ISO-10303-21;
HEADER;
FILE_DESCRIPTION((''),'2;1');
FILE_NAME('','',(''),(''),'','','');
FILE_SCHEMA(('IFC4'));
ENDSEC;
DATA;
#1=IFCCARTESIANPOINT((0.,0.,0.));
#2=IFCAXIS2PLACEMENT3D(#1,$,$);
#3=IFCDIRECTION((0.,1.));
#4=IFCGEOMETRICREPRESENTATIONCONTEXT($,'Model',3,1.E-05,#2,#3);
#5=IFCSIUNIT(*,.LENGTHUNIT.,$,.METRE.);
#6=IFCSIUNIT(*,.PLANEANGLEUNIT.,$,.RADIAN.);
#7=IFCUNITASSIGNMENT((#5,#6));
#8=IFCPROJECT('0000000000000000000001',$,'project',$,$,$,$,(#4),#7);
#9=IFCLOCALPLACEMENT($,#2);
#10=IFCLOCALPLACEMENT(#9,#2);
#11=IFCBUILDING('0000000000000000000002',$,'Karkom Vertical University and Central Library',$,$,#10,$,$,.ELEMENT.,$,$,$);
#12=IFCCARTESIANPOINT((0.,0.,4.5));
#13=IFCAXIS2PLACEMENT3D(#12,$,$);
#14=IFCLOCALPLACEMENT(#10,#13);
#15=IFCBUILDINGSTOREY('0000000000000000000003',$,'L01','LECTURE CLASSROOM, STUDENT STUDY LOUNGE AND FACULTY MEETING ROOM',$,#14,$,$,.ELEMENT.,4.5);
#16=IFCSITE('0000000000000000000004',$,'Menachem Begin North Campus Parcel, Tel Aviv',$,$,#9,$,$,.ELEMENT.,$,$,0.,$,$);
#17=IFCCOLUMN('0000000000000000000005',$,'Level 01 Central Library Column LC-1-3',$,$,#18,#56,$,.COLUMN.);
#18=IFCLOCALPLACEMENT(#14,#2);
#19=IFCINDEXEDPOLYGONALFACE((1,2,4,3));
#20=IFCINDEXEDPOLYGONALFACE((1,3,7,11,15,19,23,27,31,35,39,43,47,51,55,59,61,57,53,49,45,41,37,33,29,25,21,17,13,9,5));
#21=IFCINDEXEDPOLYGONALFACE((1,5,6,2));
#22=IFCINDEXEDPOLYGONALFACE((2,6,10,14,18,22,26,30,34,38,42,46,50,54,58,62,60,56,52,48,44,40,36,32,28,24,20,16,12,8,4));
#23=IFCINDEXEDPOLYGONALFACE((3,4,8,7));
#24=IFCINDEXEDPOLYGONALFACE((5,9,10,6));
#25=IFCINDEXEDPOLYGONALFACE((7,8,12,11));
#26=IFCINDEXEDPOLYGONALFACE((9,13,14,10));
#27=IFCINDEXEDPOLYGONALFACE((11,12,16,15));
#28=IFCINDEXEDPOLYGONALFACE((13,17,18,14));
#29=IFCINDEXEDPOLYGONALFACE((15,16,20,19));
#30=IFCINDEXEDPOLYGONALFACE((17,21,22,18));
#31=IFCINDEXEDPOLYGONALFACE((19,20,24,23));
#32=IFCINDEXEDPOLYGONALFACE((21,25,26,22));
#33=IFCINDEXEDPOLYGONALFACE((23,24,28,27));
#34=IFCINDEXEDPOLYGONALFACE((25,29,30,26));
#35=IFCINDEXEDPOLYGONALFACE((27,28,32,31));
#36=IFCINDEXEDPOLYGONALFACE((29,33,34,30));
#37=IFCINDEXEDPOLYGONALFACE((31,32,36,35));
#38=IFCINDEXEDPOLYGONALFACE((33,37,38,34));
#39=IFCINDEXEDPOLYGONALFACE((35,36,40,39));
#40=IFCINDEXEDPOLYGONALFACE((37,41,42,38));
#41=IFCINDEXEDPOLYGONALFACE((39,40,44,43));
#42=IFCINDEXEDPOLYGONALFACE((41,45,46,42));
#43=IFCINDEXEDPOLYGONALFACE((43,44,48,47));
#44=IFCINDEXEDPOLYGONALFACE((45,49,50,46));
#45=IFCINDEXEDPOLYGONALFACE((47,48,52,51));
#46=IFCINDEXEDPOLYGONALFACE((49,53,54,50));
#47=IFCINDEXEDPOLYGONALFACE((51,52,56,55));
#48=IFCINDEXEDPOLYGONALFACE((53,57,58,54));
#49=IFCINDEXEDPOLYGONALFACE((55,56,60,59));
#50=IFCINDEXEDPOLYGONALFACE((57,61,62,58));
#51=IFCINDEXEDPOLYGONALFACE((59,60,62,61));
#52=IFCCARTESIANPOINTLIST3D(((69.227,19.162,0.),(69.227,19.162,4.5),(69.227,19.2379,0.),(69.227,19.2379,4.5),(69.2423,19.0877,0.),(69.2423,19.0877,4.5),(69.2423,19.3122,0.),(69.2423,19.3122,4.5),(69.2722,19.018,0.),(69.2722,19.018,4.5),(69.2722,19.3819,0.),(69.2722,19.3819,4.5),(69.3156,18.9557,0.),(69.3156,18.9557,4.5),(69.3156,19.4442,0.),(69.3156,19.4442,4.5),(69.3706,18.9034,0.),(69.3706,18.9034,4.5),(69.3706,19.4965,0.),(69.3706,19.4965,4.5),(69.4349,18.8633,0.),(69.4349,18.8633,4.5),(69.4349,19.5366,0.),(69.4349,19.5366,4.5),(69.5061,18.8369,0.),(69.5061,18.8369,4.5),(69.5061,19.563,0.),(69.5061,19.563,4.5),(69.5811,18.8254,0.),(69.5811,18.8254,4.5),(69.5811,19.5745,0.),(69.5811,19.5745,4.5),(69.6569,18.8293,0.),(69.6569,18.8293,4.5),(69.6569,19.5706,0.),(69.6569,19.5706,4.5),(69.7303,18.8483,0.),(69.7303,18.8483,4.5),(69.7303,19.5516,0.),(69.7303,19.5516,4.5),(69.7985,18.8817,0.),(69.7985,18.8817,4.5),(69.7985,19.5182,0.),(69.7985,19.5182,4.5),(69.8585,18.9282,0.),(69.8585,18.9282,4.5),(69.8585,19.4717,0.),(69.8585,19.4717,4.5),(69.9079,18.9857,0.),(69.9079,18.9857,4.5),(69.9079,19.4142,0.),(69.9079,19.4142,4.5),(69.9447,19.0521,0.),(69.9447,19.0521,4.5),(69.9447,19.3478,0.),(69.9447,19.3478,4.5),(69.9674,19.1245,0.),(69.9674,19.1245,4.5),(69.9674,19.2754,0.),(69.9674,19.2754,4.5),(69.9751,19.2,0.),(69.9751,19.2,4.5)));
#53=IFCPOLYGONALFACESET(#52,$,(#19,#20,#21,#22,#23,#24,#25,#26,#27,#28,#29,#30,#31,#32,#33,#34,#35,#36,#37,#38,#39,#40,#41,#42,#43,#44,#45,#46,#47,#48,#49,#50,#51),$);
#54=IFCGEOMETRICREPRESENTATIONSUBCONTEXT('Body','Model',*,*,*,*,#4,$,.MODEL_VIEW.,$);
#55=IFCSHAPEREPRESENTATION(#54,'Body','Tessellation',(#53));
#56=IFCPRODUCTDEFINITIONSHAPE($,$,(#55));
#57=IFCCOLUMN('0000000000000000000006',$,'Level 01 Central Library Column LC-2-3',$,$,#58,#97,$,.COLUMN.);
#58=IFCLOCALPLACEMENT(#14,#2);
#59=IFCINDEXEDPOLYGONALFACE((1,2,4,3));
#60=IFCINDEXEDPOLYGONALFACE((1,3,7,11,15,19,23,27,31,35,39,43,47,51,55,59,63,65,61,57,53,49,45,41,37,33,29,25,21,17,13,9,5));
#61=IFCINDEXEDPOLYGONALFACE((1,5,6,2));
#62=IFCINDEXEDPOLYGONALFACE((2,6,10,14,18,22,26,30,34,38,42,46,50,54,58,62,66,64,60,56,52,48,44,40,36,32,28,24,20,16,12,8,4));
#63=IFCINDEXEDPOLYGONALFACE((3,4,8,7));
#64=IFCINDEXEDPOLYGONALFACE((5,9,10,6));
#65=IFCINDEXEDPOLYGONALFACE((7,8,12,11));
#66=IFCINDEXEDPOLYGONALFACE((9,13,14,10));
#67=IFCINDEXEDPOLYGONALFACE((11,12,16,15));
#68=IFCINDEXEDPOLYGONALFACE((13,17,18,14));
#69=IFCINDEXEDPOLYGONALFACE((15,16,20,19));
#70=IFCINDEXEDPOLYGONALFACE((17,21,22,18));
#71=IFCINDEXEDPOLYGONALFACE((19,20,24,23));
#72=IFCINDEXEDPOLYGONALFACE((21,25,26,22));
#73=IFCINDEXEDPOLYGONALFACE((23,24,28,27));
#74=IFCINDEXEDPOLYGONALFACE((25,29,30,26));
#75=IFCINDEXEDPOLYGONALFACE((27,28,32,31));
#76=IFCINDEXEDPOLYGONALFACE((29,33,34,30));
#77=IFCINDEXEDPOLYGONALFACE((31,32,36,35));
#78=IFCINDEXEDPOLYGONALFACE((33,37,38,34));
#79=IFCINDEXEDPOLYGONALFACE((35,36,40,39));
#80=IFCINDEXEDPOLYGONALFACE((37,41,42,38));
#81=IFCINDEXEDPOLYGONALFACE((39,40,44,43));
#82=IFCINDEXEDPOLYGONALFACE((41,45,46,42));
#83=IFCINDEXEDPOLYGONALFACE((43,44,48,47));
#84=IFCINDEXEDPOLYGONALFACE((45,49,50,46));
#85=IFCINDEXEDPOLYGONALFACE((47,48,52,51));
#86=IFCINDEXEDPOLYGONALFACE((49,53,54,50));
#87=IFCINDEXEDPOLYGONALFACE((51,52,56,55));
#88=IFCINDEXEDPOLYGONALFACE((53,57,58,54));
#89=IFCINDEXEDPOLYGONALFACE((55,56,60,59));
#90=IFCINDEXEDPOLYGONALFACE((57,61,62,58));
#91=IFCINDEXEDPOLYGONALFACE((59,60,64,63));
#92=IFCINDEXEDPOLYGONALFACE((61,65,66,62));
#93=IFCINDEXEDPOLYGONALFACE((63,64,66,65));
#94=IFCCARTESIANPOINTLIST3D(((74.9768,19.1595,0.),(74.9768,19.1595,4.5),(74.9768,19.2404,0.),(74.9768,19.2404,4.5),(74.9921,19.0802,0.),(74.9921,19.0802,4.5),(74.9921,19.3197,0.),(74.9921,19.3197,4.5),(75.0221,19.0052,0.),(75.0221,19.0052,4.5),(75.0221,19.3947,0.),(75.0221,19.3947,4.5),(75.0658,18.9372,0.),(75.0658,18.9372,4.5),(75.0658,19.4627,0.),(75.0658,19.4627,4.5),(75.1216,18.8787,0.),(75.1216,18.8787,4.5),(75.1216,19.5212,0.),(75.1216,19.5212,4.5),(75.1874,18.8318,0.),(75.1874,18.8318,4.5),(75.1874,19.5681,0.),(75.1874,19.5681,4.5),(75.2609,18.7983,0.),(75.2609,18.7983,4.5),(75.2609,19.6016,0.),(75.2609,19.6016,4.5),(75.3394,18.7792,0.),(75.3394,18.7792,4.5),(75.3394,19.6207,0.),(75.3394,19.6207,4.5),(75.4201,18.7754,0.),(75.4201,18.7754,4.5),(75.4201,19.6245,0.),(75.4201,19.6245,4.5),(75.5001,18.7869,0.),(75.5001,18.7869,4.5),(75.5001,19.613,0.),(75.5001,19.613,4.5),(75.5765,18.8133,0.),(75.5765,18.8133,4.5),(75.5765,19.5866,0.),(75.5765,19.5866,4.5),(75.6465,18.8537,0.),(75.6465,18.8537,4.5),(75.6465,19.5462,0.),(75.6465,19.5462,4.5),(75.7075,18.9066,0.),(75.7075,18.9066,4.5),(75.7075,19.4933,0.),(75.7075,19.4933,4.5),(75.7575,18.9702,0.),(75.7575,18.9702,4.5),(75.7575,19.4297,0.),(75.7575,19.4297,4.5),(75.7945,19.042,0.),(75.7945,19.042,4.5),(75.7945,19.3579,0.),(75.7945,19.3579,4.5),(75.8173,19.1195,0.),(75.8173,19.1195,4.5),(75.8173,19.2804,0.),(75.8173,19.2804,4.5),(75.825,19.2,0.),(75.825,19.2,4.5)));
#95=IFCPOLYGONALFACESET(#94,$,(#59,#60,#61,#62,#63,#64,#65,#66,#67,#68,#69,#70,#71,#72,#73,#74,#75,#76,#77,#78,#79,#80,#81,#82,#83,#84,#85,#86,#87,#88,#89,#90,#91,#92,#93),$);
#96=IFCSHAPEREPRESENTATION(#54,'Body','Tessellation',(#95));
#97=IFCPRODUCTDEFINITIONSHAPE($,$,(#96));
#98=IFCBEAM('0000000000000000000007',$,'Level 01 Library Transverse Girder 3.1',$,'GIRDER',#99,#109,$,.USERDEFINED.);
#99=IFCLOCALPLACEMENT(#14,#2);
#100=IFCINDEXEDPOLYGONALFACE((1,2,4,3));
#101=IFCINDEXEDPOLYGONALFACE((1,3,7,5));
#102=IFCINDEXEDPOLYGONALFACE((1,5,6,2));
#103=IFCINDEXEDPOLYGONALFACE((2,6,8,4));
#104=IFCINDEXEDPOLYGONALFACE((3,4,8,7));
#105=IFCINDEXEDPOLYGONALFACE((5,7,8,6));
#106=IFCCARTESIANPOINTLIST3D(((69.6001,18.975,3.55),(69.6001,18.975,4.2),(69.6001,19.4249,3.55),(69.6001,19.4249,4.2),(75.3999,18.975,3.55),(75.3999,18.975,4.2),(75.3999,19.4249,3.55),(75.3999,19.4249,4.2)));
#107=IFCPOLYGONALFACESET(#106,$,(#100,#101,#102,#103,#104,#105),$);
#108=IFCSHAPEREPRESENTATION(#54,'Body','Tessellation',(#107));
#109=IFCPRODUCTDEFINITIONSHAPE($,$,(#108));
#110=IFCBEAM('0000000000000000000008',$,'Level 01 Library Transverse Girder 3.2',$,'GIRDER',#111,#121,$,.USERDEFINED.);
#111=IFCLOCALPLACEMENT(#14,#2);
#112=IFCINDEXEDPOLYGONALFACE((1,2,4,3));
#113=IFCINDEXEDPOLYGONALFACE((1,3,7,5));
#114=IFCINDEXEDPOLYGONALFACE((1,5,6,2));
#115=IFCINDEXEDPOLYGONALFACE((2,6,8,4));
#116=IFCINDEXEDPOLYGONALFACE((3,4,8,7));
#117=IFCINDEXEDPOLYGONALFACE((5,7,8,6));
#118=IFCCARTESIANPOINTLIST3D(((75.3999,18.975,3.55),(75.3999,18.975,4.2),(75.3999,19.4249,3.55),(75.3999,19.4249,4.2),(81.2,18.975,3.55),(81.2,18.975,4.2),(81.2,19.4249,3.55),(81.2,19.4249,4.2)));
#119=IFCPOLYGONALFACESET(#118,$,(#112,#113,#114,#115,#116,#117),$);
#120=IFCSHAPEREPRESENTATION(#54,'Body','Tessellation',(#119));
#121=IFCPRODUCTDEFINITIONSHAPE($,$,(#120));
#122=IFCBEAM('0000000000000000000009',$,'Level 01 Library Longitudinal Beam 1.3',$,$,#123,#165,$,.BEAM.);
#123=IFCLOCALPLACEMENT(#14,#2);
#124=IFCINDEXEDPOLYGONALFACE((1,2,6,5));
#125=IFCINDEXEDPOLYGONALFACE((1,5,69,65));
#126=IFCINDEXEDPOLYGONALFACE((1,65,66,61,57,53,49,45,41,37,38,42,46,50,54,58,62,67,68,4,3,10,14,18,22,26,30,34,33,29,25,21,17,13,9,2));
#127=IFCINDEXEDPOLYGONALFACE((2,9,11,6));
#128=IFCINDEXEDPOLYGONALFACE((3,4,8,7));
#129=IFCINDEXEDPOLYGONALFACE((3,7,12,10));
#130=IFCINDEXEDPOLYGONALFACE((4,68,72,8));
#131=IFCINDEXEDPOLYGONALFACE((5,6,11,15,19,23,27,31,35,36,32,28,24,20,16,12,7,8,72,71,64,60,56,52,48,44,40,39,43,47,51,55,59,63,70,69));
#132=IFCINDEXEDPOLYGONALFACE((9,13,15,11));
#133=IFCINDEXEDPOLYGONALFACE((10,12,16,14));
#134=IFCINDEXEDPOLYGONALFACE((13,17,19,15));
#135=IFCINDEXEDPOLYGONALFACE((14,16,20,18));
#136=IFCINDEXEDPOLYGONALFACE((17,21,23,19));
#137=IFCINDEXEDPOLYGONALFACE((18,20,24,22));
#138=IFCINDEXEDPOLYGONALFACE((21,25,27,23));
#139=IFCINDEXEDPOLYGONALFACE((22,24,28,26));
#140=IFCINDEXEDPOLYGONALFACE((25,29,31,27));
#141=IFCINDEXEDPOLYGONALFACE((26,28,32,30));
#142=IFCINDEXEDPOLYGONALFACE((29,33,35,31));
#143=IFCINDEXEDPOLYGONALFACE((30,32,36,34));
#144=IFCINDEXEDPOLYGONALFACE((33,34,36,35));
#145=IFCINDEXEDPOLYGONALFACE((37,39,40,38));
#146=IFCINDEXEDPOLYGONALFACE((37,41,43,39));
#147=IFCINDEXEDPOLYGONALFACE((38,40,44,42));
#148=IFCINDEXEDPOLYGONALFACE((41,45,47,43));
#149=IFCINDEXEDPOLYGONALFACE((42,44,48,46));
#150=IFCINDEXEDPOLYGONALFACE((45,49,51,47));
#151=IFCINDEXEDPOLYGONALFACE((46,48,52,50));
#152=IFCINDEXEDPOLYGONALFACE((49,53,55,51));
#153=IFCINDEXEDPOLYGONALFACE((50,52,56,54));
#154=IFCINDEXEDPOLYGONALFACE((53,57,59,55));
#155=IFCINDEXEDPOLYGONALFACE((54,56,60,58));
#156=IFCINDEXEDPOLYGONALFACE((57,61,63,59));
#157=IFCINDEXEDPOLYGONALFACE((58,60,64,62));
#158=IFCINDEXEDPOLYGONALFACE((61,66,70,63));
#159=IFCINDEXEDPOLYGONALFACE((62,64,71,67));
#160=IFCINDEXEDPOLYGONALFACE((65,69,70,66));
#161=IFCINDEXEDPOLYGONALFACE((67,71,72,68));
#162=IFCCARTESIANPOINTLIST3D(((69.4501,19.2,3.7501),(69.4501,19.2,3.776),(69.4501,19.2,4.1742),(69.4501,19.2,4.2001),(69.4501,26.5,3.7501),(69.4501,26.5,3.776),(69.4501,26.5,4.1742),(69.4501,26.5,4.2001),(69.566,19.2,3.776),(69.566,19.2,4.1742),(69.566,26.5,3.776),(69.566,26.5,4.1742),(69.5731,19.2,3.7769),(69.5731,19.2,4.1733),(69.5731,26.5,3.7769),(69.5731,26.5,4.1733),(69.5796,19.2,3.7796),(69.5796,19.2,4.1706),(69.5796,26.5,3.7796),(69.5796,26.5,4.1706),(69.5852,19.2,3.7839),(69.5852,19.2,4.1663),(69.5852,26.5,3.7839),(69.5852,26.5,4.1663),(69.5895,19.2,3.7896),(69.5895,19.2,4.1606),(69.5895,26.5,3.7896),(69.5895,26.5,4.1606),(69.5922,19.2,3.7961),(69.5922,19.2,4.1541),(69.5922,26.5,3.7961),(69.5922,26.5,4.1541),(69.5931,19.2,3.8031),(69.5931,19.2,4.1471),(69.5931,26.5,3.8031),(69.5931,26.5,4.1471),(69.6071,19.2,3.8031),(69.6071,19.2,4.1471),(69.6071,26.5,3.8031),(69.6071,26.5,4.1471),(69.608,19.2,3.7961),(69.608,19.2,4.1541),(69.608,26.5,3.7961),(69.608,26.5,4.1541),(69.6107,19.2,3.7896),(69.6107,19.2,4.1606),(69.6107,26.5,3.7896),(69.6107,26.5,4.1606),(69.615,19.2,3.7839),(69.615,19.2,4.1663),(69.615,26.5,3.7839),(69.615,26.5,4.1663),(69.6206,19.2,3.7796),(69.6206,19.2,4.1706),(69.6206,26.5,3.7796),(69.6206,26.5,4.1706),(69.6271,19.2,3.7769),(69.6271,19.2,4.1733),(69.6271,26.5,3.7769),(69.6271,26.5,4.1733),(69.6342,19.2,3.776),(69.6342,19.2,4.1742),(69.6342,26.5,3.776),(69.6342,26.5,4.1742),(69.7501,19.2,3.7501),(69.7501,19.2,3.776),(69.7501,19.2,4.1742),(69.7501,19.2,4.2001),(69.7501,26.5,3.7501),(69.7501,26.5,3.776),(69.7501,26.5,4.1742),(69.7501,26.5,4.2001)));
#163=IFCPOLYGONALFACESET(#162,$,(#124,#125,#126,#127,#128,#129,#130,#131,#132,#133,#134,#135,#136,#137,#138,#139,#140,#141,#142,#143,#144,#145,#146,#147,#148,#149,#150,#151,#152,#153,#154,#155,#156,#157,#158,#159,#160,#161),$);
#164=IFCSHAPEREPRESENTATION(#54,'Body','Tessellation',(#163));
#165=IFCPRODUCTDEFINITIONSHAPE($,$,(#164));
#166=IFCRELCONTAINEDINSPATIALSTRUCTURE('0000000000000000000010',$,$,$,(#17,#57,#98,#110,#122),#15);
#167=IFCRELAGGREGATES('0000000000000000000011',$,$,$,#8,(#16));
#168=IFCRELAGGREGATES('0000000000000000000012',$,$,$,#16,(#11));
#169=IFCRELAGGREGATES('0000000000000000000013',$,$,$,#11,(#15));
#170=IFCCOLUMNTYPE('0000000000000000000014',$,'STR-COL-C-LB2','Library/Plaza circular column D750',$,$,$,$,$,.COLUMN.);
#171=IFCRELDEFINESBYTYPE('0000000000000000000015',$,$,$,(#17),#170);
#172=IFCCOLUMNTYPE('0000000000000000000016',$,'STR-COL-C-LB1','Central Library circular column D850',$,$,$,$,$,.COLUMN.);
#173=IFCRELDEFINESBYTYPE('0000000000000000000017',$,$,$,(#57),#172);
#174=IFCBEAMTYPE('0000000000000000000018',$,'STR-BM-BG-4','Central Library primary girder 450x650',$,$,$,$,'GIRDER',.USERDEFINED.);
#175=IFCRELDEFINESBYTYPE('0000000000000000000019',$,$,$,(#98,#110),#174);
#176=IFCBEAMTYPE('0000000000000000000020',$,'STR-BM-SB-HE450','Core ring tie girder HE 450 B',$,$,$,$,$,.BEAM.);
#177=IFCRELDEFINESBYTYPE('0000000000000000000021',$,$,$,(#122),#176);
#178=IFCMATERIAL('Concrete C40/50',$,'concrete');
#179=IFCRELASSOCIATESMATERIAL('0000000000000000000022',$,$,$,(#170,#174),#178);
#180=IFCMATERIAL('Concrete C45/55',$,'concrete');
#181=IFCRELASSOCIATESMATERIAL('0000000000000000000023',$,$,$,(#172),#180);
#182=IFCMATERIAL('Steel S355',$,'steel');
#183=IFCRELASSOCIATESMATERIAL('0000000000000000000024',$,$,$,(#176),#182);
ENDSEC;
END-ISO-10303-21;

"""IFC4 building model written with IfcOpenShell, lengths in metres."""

from ifc_helpers import new_model, si_unit, direction, frame, origin, origin_with_axes, origin_2d, place, context, subcontext, project, spatial, rectangle, circle, i_section, extrude, source, transform, mapped, material, material_profile, profile_set, type_object, element, save


model = new_model("IFC4")

# Units and contexts
model_context = context("Model", 3, precision=1e-05, world=origin(), true_north=direction((0.0, 1.0)))
body_context = subcontext(model_context, "Body", "Model", "MODEL_VIEW")
ifc_project = project(units=[si_unit("LENGTHUNIT", "METRE"), si_unit("PLANEANGLEUNIT", "RADIAN")], contexts=[model_context])

# Site, building, storey
site_placement = place(None, origin())
site = spatial("IfcSite", under=ifc_project, at=site_placement, Name="Menachem Begin North Campus Parcel, Tel Aviv", CompositionType="ELEMENT", RefElevation=0.0)
building_placement = place(site_placement, origin())
building = spatial("IfcBuilding", under=site, at=building_placement, Name="Karkom Vertical University and Central Library", CompositionType="ELEMENT")
storey_placement = place(building_placement, frame((0.0, 0.0, 4.5)))
storey = spatial("IfcBuildingStorey", under=building, at=storey_placement, Name="L01", Description="LECTURE CLASSROOM, STUDENT STUDY LOUNGE AND FACULTY MEETING ROOM", CompositionType="ELEMENT", Elevation=4.5)

# Columns
ifc_material_1 = material(Name="Concrete C40/50", Category="concrete")
ifc_material_profile_1 = material_profile(ifc_material_1, circle(Radius=0.375, at=origin_2d()), Name="RC-D750")
ifc_profile_set_1 = profile_set([ifc_material_profile_1], Name="Concrete C40/50")
column_type_1 = type_object("IfcColumnType", Name="STR-COL-C-LB2", Description="Library/Plaza circular column D750", PredefinedType="COLUMN", material=ifc_profile_set_1)
shared_shape_1 = source(origin_with_axes(), body_context, "Body", "SweptSolid", [
    extrude(circle(Radius=0.375, at=origin_2d()), origin(), (0.0, 0.0, 1.0), 4.5),
])
column_1_placement = place(storey_placement, frame((69.6001, 19.2, 0.0), z_axis=(0.0, 0.0, 1.0), x_axis=(1.0, 0.0, 0.0)))
element("IfcColumn", 1, at=column_1_placement, inside=storey, type_object=column_type_1, Name="Level 01 Central Library Column LC-1-3", PredefinedType="COLUMN", context=body_context, shape_type="MappedRepresentation", body=[
    mapped(shared_shape_1, transform((0.0, 0.0, 0.0), scale=1.0)),
])
ifc_material_2 = material(Name="Concrete C45/55", Category="concrete")
ifc_material_profile_2 = material_profile(ifc_material_2, circle(Radius=0.425, at=origin_2d()), Name="RC-D850")
ifc_profile_set_2 = profile_set([ifc_material_profile_2], Name="Concrete C45/55")
column_type_2 = type_object("IfcColumnType", Name="STR-COL-C-LB1", Description="Central Library circular column D850", PredefinedType="COLUMN", material=ifc_profile_set_2)
shared_shape_2 = source(origin_with_axes(), body_context, "Body", "SweptSolid", [
    extrude(circle(Radius=0.425, at=origin_2d()), origin(), (0.0, 0.0, 1.0), 4.5),
])
column_2_placement = place(storey_placement, frame((75.3999, 19.2, 0.0), z_axis=(0.0, 0.0, 1.0), x_axis=(1.0, 0.0, 0.0)))
element("IfcColumn", 2, at=column_2_placement, inside=storey, type_object=column_type_2, Name="Level 01 Central Library Column LC-2-3", PredefinedType="COLUMN", context=body_context, shape_type="MappedRepresentation", body=[
    mapped(shared_shape_2, transform((0.0, 0.0, 0.0), scale=1.0)),
])

# Beams
ifc_material_profile_3 = material_profile(ifc_material_1, rectangle(XDim=0.45, YDim=0.6499, at=origin_2d()), Name="RCB-450x650")
ifc_profile_set_3 = profile_set([ifc_material_profile_3], Name="Concrete C40/50")
beam_type_1 = type_object("IfcBeamType", Name="STR-BM-BG-4", Description="Central Library primary girder 450x650", ElementType="GIRDER", PredefinedType="USERDEFINED", material=ifc_profile_set_3)
shared_shape_3 = source(origin_with_axes(), body_context, "Body", "SweptSolid", [
    extrude(rectangle(XDim=0.45, YDim=0.6499, at=origin_2d()), origin(), (0.0, 0.0, 1.0), 5.7998),
])
beam_1_placement = place(storey_placement, frame((69.6001, 19.2, 3.875), z_axis=(1.0, 0.0, 0.0), x_axis=(0.0, 1.0, 0.0)))
element("IfcBeam", 3, at=beam_1_placement, inside=storey, type_object=beam_type_1, Name="Level 01 Library Transverse Girder 3.1", ObjectType="GIRDER", PredefinedType="USERDEFINED", context=body_context, shape_type="MappedRepresentation", body=[
    mapped(shared_shape_3, transform((0.0, 0.0, 0.0), scale=1.0)),
])
shared_shape_4 = source(origin_with_axes(), body_context, "Body", "SweptSolid", [
    extrude(rectangle(XDim=0.45, YDim=0.6499, at=origin_2d()), origin(), (0.0, 0.0, 1.0), 5.8),
])
beam_2_placement = place(storey_placement, frame((75.3999, 19.2, 3.875), z_axis=(1.0, 0.0, 0.0), x_axis=(0.0, 1.0, 0.0)))
element("IfcBeam", 4, at=beam_2_placement, inside=storey, type_object=beam_type_1, Name="Level 01 Library Transverse Girder 3.2", ObjectType="GIRDER", PredefinedType="USERDEFINED", context=body_context, shape_type="MappedRepresentation", body=[
    mapped(shared_shape_4, transform((0.0, 0.0, 0.0), scale=1.0)),
])
ifc_material_3 = material(Name="Steel S355", Category="steel")
ifc_material_profile_4 = material_profile(ifc_material_3, i_section(OverallWidth=0.3, OverallDepth=0.45, WebThickness=0.0139, FlangeThickness=0.0259, FilletRadius=0.0271, at=origin_2d()), Name="HE 450 B")
ifc_profile_set_4 = profile_set([ifc_material_profile_4], Name="Steel S355")
beam_type_2 = type_object("IfcBeamType", Name="STR-BM-SB-HE450", Description="Core ring tie girder HE 450 B", PredefinedType="BEAM", material=ifc_profile_set_4)
shared_shape_5 = source(origin_with_axes(), body_context, "Body", "SweptSolid", [
    extrude(i_section(OverallWidth=0.3, OverallDepth=0.45, WebThickness=0.0139, FlangeThickness=0.0259, FilletRadius=0.0271, at=origin_2d()), origin(), (0.0, 0.0, 1.0), 7.3),
])
for number, where, z_axis, x_axis, name in (
    (5, (69.6001, 19.2, 3.9751), (0.0, 1.0, 0.0), (-1.0, 0.0, 0.0), "Level 01 Library Longitudinal Beam 1.3"),
):
    element("IfcBeam", number, at=place(storey_placement, frame(where, z_axis=z_axis, x_axis=x_axis)), inside=storey, type_object=beam_type_2, Name=name, PredefinedType="BEAM", context=body_context, shape_type="MappedRepresentation", body=[
        mapped(shared_shape_5, transform((0.0, 0.0, 0.0), scale=1.0)),
    ])

save(model, "model.ifc")
